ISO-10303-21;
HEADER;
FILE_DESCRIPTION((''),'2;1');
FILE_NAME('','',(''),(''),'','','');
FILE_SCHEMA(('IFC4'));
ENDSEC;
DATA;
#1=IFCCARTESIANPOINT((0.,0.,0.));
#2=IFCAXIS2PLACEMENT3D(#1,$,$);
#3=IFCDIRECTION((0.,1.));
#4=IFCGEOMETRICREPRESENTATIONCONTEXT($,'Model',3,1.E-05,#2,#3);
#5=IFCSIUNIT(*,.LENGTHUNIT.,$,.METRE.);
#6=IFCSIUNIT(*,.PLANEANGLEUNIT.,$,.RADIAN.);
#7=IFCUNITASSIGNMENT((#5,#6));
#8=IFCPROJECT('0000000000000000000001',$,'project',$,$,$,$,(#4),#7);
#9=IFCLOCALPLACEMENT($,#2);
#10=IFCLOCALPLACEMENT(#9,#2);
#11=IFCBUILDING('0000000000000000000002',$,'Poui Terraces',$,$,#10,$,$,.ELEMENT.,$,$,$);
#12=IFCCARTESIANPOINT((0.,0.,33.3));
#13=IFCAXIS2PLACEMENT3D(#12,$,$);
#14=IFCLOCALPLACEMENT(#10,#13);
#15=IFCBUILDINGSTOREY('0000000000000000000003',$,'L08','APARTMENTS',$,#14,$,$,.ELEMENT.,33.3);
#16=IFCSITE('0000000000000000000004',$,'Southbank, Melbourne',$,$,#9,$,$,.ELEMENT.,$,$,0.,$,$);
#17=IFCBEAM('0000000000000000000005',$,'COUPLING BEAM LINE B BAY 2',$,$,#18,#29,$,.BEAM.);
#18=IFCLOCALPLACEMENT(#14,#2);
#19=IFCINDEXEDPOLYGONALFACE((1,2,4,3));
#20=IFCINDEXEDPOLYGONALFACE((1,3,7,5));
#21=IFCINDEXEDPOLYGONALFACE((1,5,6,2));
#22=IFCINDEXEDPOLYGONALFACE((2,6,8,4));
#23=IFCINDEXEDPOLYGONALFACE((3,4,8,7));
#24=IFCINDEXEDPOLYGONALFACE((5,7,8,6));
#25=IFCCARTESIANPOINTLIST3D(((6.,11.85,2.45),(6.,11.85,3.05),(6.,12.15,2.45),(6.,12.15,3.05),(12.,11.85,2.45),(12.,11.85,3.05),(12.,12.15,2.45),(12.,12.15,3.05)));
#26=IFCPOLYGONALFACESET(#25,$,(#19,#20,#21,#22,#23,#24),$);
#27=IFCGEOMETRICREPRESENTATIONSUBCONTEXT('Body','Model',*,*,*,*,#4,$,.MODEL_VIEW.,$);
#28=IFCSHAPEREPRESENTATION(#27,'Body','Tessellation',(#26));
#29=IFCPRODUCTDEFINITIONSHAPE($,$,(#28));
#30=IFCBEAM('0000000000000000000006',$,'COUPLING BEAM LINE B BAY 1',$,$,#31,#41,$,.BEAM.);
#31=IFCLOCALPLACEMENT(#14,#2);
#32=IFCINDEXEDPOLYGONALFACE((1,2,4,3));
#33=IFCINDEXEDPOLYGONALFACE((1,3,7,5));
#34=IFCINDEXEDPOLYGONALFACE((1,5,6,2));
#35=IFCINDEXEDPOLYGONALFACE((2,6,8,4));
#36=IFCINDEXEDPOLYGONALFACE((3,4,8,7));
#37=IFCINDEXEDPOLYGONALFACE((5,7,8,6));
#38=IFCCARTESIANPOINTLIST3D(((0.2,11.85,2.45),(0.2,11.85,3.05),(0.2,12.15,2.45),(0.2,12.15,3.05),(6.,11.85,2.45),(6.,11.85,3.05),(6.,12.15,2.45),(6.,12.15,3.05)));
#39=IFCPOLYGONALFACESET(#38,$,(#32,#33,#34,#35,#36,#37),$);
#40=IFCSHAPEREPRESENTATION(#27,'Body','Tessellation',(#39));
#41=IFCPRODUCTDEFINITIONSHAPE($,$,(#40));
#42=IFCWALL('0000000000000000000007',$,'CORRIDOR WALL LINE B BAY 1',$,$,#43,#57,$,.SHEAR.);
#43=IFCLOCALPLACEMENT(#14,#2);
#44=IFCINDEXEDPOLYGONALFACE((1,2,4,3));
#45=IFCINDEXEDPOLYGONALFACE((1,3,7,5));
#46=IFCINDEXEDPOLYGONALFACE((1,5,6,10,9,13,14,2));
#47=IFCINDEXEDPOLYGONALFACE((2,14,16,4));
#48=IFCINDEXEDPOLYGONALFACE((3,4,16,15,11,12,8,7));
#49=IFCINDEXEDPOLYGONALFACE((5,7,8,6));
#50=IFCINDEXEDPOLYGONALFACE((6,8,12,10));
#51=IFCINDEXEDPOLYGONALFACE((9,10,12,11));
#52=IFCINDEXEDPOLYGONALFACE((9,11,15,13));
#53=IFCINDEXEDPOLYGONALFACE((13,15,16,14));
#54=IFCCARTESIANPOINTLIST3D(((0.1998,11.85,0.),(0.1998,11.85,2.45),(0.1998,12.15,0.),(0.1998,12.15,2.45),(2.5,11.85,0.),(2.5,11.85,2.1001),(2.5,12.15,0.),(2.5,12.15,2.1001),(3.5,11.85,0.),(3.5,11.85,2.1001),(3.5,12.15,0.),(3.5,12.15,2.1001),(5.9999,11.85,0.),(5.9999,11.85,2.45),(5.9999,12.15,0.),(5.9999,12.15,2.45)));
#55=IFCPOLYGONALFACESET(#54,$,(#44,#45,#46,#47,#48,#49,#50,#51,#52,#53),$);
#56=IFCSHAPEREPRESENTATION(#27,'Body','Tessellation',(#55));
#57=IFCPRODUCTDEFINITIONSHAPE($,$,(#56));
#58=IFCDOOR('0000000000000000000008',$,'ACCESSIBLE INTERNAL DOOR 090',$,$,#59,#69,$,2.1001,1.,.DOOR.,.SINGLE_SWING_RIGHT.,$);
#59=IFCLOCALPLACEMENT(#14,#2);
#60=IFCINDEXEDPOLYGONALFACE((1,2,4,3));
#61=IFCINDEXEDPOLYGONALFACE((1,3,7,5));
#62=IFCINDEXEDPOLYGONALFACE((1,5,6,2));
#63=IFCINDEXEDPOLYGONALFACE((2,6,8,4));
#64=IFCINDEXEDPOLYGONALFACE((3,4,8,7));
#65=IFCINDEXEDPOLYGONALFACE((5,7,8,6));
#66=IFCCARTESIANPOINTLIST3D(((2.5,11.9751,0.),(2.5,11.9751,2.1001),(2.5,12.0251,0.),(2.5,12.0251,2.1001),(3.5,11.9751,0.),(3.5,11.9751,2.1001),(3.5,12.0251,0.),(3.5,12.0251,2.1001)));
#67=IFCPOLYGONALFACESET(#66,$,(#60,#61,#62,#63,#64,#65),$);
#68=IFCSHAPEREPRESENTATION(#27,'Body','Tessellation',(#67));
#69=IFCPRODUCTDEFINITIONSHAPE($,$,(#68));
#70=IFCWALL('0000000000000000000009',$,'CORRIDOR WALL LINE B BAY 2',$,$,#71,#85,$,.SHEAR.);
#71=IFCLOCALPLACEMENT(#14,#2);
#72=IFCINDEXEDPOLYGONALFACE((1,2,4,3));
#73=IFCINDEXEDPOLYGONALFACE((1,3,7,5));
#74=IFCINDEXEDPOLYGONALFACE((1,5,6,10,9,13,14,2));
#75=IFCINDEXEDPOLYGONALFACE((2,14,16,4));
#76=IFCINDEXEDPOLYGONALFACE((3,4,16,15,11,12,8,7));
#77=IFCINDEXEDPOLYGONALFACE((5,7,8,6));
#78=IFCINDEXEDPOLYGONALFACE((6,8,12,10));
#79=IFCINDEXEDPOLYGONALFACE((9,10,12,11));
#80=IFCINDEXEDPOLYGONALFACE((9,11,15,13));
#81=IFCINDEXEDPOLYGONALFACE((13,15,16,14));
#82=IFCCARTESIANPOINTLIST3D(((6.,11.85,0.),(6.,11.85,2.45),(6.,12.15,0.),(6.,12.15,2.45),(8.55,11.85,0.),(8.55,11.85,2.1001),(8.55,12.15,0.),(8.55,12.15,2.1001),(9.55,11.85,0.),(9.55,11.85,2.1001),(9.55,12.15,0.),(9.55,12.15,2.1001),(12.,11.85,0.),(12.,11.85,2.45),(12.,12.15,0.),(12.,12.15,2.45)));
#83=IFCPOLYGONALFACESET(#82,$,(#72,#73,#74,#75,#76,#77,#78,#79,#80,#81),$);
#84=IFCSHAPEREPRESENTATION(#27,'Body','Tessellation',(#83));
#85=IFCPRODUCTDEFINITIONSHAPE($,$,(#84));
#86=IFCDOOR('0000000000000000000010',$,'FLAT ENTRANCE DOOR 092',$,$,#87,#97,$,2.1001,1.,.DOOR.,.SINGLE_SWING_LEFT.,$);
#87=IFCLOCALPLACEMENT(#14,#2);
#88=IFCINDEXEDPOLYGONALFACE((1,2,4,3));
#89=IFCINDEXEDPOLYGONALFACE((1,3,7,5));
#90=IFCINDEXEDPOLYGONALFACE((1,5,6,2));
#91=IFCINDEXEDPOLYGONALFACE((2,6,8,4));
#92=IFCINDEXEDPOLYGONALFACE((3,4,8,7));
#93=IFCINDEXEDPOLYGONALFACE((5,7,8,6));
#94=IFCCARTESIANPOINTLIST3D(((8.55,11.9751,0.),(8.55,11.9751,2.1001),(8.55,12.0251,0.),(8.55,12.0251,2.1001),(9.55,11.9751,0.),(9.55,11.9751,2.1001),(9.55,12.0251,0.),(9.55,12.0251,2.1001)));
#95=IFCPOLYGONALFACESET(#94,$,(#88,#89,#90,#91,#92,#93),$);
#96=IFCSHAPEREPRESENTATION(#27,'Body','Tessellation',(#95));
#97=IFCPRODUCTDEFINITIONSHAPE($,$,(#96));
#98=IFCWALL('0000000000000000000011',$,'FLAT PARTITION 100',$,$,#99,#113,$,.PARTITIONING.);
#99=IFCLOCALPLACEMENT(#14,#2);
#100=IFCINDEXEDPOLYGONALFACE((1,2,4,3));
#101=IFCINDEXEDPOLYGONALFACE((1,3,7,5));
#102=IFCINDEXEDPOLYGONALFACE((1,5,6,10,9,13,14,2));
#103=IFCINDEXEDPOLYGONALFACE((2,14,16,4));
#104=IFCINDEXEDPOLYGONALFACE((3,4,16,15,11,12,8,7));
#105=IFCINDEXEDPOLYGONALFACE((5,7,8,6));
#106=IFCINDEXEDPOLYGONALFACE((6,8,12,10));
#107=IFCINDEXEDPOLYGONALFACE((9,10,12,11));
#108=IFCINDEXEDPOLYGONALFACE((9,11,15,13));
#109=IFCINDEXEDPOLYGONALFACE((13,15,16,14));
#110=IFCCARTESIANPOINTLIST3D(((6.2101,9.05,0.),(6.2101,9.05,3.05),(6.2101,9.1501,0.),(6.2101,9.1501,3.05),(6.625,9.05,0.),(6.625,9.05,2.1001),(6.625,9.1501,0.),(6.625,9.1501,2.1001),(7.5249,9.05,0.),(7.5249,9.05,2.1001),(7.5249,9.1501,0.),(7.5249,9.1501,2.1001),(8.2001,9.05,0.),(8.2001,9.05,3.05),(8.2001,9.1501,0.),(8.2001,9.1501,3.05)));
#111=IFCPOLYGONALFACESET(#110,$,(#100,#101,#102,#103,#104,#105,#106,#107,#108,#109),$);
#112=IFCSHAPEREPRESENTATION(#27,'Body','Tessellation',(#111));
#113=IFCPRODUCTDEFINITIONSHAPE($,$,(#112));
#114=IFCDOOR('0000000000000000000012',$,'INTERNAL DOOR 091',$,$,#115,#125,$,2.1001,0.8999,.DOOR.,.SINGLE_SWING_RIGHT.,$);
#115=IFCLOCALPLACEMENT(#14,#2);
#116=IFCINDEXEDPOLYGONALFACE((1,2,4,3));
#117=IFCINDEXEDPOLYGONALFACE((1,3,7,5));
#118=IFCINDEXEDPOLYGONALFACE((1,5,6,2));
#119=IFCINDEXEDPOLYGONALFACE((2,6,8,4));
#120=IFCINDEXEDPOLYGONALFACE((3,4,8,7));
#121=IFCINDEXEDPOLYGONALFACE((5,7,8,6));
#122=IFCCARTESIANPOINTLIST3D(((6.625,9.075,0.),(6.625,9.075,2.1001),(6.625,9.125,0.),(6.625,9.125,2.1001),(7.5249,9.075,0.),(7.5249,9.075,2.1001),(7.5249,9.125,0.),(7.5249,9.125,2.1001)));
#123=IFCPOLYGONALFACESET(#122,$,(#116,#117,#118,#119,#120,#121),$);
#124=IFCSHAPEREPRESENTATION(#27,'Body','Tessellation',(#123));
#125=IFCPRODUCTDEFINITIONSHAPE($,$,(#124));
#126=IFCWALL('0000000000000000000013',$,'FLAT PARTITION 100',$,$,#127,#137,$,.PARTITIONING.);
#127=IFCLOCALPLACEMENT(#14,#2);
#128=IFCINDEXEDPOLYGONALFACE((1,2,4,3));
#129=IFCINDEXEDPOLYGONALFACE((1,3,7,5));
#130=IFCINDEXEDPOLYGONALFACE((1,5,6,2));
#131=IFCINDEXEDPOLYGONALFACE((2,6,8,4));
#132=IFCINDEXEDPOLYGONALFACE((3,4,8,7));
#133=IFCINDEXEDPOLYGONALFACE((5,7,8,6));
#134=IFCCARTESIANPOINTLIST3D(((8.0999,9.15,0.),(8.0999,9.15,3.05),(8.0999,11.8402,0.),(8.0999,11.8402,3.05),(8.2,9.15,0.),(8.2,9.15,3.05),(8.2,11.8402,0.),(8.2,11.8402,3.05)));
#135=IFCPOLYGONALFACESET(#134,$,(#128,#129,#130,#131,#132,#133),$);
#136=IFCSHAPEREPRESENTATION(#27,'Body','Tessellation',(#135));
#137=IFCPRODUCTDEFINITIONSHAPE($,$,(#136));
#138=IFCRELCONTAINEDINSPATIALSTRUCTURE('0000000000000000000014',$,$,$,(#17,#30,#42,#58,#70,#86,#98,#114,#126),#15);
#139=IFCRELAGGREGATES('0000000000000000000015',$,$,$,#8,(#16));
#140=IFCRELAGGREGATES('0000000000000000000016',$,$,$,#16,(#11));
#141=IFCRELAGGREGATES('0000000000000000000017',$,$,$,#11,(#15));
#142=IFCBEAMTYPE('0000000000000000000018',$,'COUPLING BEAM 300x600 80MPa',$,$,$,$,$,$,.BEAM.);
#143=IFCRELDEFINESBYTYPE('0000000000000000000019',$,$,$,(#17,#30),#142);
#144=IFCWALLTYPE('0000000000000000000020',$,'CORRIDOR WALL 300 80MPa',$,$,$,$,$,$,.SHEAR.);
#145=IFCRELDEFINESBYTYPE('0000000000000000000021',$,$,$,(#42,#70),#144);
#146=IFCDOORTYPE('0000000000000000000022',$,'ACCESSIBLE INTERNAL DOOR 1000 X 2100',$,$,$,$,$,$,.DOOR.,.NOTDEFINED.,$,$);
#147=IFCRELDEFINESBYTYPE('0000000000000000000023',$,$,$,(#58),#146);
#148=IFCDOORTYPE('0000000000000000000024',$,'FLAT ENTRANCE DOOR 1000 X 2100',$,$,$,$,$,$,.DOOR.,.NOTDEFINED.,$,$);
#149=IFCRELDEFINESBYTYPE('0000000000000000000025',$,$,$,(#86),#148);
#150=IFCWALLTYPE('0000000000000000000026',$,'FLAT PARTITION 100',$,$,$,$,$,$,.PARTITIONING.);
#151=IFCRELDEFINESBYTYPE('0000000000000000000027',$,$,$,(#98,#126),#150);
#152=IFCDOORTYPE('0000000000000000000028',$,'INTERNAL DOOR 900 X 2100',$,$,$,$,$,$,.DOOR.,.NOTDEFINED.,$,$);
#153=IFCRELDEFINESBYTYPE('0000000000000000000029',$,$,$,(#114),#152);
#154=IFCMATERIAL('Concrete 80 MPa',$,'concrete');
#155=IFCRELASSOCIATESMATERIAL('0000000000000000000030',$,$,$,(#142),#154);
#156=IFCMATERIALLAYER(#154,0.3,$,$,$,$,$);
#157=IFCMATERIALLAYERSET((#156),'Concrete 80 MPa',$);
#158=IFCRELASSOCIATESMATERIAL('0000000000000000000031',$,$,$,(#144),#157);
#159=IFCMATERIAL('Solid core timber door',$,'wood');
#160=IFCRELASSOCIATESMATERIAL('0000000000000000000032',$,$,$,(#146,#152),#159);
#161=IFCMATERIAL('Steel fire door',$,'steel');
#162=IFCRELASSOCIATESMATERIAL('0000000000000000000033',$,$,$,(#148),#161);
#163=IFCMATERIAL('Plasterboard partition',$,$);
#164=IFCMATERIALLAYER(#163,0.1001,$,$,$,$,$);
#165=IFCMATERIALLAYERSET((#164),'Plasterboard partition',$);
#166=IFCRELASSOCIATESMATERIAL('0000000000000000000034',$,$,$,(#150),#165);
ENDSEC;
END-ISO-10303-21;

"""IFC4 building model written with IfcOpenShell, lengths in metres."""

from ifc_helpers import new_model, si_unit, direction, frame, frame_2d, origin, origin_2d, place, context, subcontext, project, spatial, rectangle, extrude, source, transform, mapped, material, layer, layer_set, material_profile, profile_set, type_object, element, fill, save


model = new_model("IFC4")

# Units and contexts
model_context = context("Model", 3, precision=1e-05, world=origin(), true_north=direction((0.0, 1.0)))
body_context = subcontext(model_context, "Body", "Model", "MODEL_VIEW")
ifc_project = project(units=[si_unit("LENGTHUNIT", "METRE"), si_unit("PLANEANGLEUNIT", "RADIAN")], contexts=[model_context])

# Site, building, storey
site_placement = place(None, origin())
site = spatial("IfcSite", under=ifc_project, at=site_placement, Name="Southbank, Melbourne", CompositionType="ELEMENT", RefElevation=0.0)
building_placement = place(site_placement, origin())
building = spatial("IfcBuilding", under=site, at=building_placement, Name="Poui Terraces", CompositionType="ELEMENT")
storey_placement = place(building_placement, frame((0.0, 0.0, 33.3)))
storey = spatial("IfcBuildingStorey", under=building, at=storey_placement, Name="L08", Description="APARTMENTS", CompositionType="ELEMENT", Elevation=33.3)

# Beams
ifc_material_1 = material(Name="Concrete 80 MPa", Category="concrete")
ifc_material_profile = material_profile(ifc_material_1, rectangle(XDim=0.3, YDim=0.6001, at=origin_2d()), Name="RC 300x600")
ifc_profile_set = profile_set([ifc_material_profile], Name="Concrete 80 MPa")
beam_type = type_object("IfcBeamType", Name="COUPLING BEAM 300x600 80MPa", PredefinedType="BEAM", material=ifc_profile_set)
shared_shape_1 = source(origin(), body_context, "Body", "SweptSolid", [
    extrude(rectangle(XDim=0.3, YDim=0.6001, at=origin_2d()), origin(), (0.0, 0.0, 1.0), 6.0),
])
beam_1_placement = place(storey_placement, frame((6.0, 12.0, 2.75), z_axis=(1.0, 0.0, 0.0), x_axis=(0.0, 1.0, 0.0)))
element("IfcBeam", 1, at=beam_1_placement, inside=storey, type_object=beam_type, Name="COUPLING BEAM LINE B BAY 2", PredefinedType="BEAM", context=body_context, shape_type="MappedRepresentation", body=[
    mapped(shared_shape_1, transform((0.0, 0.0, 0.0))),
])
shared_shape_2 = source(origin(), body_context, "Body", "SweptSolid", [
    extrude(rectangle(XDim=0.3, YDim=0.6001, at=origin_2d()), origin(), (0.0, 0.0, 1.0), 5.8),
])
beam_2_placement = place(storey_placement, frame((0.2, 12.0, 2.75), z_axis=(1.0, 0.0, 0.0), x_axis=(0.0, 1.0, 0.0)))
element("IfcBeam", 2, at=beam_2_placement, inside=storey, type_object=beam_type, Name="COUPLING BEAM LINE B BAY 1", PredefinedType="BEAM", context=body_context, shape_type="MappedRepresentation", body=[
    mapped(shared_shape_2, transform((0.0, 0.0, 0.0))),
])

# Walls, openings, doors
ifc_layer_1 = layer(ifc_material_1, 0.3)
ifc_layer_set_1 = layer_set([ifc_layer_1], Name="Concrete 80 MPa")
wall_type_1 = type_object("IfcWallType", Name="CORRIDOR WALL 300 80MPa", PredefinedType="SHEAR", material=ifc_layer_set_1)
wall_1_placement = place(storey_placement, frame((0.2, 12.0, 0.0), z_axis=(0.0, 0.0, 1.0), x_axis=(1.0, 0.0, 0.0)))
wall_1 = element("IfcWall", 3, at=wall_1_placement, inside=storey, type_object=wall_type_1, Name="CORRIDOR WALL LINE B BAY 1", PredefinedType="SHEAR", context=body_context, shape_type="SweptSolid", body=[
    extrude(rectangle(XDim=5.8, YDim=0.3, at=frame_2d((2.8999, 0.0))), origin(), (0.0, 0.0, 1.0), 2.45),
])
opening_1_placement = place(wall_1_placement, frame((2.3, 0.0, 0.0)))
opening_1 = element("IfcOpeningElement", 4, at=opening_1_placement, cuts=wall_1, PredefinedType="OPENING", context=body_context, shape_type="SweptSolid", body=[
    extrude(rectangle(XDim=1.0, YDim=2.1001, at=frame_2d((0.5, 1.05))), frame((0.0, 0.1602, 0.0), z_axis=(0.0, -1.0, 0.0), x_axis=(1.0, 0.0, 0.0)), (0.0, 0.0, 1.0), 0.3201),
])
ifc_material_2 = material(Name="Solid core timber door", Category="wood")
door_type_1 = type_object("IfcDoorType", Name="ACCESSIBLE INTERNAL DOOR 1000 X 2100", OperationType="NOTDEFINED", PredefinedType="DOOR", material=ifc_material_2)
door_1_placement = place(opening_1_placement, frame((1.0, 0.0, 0.0), z_axis=(0.0, 0.0, 1.0), x_axis=(-1.0, 0.0, 0.0)))
door_1 = element("IfcDoor", 5, at=door_1_placement, inside=storey, type_object=door_type_1, Name="ACCESSIBLE INTERNAL DOOR 090", OperationType="SINGLE_SWING_RIGHT", OverallHeight=2.1001, OverallWidth=1.0, PredefinedType="DOOR", context=body_context, shape_type="SweptSolid", body=[
    extrude(rectangle(XDim=1.0, YDim=2.1001, at=frame_2d((0.5, 1.05))), frame((0.0, 0.0249, 0.0), z_axis=(0.0, -1.0, 0.0), x_axis=(1.0, 0.0, 0.0)), (0.0, 0.0, 1.0), 0.05),
])
fill(opening_1, door_1)
wall_2_placement = place(storey_placement, frame((6.0, 12.0, 0.0), z_axis=(0.0, 0.0, 1.0), x_axis=(1.0, 0.0, 0.0)))
wall_2 = element("IfcWall", 6, at=wall_2_placement, inside=storey, type_object=wall_type_1, Name="CORRIDOR WALL LINE B BAY 2", PredefinedType="SHEAR", context=body_context, shape_type="SweptSolid", body=[
    extrude(rectangle(XDim=6.0, YDim=0.3, at=frame_2d((3.0, 0.0))), origin(), (0.0, 0.0, 1.0), 2.45),
])
opening_2_placement = place(wall_2_placement, frame((2.55, 0.0, 0.0)))
opening_2 = element("IfcOpeningElement", 7, at=opening_2_placement, cuts=wall_2, PredefinedType="OPENING", context=body_context, shape_type="SweptSolid", body=[
    extrude(rectangle(XDim=1.0, YDim=2.1001, at=frame_2d((0.5, 1.05))), frame((0.0, 0.1602, 0.0), z_axis=(0.0, -1.0, 0.0), x_axis=(1.0, 0.0, 0.0)), (0.0, 0.0, 1.0), 0.3201),
])
ifc_material_3 = material(Name="Steel fire door", Category="steel")
door_type_2 = type_object("IfcDoorType", Name="FLAT ENTRANCE DOOR 1000 X 2100", OperationType="NOTDEFINED", PredefinedType="DOOR", material=ifc_material_3)
door_2_placement = place(opening_2_placement, frame((1.0, 0.0, 0.0), z_axis=(0.0, 0.0, 1.0), x_axis=(-1.0, 0.0, 0.0)))
door_2 = element("IfcDoor", 8, at=door_2_placement, inside=storey, type_object=door_type_2, Name="FLAT ENTRANCE DOOR 092", OperationType="SINGLE_SWING_LEFT", OverallHeight=2.1001, OverallWidth=1.0, PredefinedType="DOOR", context=body_context, shape_type="SweptSolid", body=[
    extrude(rectangle(XDim=1.0, YDim=2.1001, at=frame_2d((0.5, 1.05))), frame((0.0, 0.0249, 0.0), z_axis=(0.0, -1.0, 0.0), x_axis=(1.0, 0.0, 0.0)), (0.0, 0.0, 1.0), 0.05),
])
fill(opening_2, door_2)
ifc_material_4 = material(Name="Plasterboard partition")
ifc_layer_2 = layer(ifc_material_4, 0.1001)
ifc_layer_set_2 = layer_set([ifc_layer_2], Name="Plasterboard partition")
wall_type_2 = type_object("IfcWallType", Name="FLAT PARTITION 100", PredefinedType="PARTITIONING", material=ifc_layer_set_2)
wall_3_placement = place(storey_placement, frame((6.21, 9.1001, 0.0), z_axis=(0.0, 0.0, 1.0), x_axis=(1.0, 0.0, 0.0)))
wall_3 = element("IfcWall", 9, at=wall_3_placement, inside=storey, type_object=wall_type_2, Name="FLAT PARTITION 100", PredefinedType="PARTITIONING", context=body_context, shape_type="SweptSolid", body=[
    extrude(rectangle(XDim=1.99, YDim=0.1001, at=frame_2d((0.9951, 0.0))), origin(), (0.0, 0.0, 1.0), 3.05),
])
opening_3_placement = place(wall_3_placement, frame((0.415, 0.0, 0.0)))
opening_3 = element("IfcOpeningElement", 10, at=opening_3_placement, cuts=wall_3, PredefinedType="OPENING", context=body_context, shape_type="SweptSolid", body=[
    extrude(rectangle(XDim=0.8999, YDim=2.1001, at=frame_2d((0.45, 1.05))), frame((0.0, 0.0601, 0.0), z_axis=(0.0, -1.0, 0.0), x_axis=(1.0, 0.0, 0.0)), (0.0, 0.0, 1.0), 0.1201),
])
door_type_3 = type_object("IfcDoorType", Name="INTERNAL DOOR 900 X 2100", OperationType="NOTDEFINED", PredefinedType="DOOR", material=ifc_material_2)
door_3_placement = place(opening_3_placement, origin())
door_3 = element("IfcDoor", 11, at=door_3_placement, inside=storey, type_object=door_type_3, Name="INTERNAL DOOR 091", OperationType="SINGLE_SWING_RIGHT", OverallHeight=2.1001, OverallWidth=0.8999, PredefinedType="DOOR", context=body_context, shape_type="SweptSolid", body=[
    extrude(rectangle(XDim=0.8999, YDim=2.1001, at=frame_2d((0.45, 1.05))), frame((0.0, 0.0249, 0.0), z_axis=(0.0, -1.0, 0.0), x_axis=(1.0, 0.0, 0.0)), (0.0, 0.0, 1.0), 0.05),
])
fill(opening_3, door_3)

# Wall
wall_4_placement = place(storey_placement, frame((8.1499, 9.1499, 0.0), z_axis=(0.0, 0.0, 1.0), x_axis=(0.0, 1.0, 0.0)))
element("IfcWall", 12, at=wall_4_placement, inside=storey, type_object=wall_type_2, Name="FLAT PARTITION 100", PredefinedType="PARTITIONING", context=body_context, shape_type="SweptSolid", body=[
    extrude(rectangle(XDim=2.6902, YDim=0.1001, at=frame_2d((1.3452, 0.0))), origin(), (0.0, 0.0, 1.0), 3.05),
])

save(model, "model.ifc")
